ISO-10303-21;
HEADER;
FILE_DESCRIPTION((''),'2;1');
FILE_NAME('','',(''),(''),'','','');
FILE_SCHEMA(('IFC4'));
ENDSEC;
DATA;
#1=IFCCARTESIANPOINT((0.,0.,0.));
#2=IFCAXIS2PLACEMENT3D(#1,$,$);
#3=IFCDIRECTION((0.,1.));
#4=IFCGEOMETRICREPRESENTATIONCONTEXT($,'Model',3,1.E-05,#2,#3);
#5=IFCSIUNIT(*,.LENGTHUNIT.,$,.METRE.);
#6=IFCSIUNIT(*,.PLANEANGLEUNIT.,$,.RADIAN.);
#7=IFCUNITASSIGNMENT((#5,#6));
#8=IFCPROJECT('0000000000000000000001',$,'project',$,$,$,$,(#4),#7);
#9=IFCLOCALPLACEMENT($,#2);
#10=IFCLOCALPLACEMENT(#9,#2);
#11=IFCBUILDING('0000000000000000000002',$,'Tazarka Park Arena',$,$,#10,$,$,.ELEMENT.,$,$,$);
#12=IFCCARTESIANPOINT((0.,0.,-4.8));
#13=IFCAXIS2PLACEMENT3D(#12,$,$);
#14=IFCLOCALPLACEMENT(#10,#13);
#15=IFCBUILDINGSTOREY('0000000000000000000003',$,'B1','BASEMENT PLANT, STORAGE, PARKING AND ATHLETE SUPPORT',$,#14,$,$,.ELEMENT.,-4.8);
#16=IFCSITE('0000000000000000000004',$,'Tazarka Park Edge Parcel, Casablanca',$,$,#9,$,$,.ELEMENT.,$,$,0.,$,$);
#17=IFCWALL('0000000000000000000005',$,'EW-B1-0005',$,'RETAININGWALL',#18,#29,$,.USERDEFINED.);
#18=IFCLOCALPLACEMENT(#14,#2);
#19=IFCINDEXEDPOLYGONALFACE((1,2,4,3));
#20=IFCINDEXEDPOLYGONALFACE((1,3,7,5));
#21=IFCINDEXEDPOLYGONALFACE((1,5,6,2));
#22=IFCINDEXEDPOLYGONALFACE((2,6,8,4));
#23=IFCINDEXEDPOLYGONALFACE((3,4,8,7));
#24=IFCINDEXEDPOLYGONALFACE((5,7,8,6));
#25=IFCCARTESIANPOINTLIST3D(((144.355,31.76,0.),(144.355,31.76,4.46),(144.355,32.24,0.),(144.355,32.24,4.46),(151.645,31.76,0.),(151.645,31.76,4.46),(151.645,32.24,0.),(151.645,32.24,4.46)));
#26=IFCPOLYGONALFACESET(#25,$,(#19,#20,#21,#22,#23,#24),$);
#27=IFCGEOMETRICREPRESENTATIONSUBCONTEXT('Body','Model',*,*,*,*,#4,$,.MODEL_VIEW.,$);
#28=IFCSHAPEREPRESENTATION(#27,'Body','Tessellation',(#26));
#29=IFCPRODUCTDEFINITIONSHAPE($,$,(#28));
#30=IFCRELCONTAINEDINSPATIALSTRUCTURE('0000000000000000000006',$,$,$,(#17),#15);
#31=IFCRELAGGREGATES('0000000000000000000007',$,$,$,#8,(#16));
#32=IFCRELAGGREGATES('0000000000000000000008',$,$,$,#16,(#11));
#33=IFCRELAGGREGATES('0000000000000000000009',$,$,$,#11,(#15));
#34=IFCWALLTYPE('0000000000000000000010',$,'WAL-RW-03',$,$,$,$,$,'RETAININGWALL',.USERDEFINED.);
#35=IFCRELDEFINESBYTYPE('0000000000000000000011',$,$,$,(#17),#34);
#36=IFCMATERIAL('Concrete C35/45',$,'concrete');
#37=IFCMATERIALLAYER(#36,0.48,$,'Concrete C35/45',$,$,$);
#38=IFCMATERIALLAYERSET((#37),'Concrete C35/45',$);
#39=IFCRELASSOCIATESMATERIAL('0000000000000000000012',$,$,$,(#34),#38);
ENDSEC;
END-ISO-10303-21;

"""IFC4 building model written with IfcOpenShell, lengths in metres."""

from ifc_helpers import new_model, si_unit, direction, frame, frame_2d, origin, place, context, subcontext, project, spatial, rectangle, extrude, material, layer, layer_set, type_object, element, save


model = new_model("IFC4")

# Units and contexts
model_context = context("Model", 3, precision=1e-05, world=origin(), true_north=direction((0.0, 1.0)))
body_context = subcontext(model_context, "Body", "Model", "MODEL_VIEW")
ifc_project = project(units=[si_unit("LENGTHUNIT", "METRE"), si_unit("PLANEANGLEUNIT", "RADIAN")], contexts=[model_context])

# Site, building, storey
site_placement = place(None, origin())
site = spatial("IfcSite", under=ifc_project, at=site_placement, Name="Tazarka Park Edge Parcel, Casablanca", CompositionType="ELEMENT", RefElevation=0.0)
building_placement = place(site_placement, origin())
building = spatial("IfcBuilding", under=site, at=building_placement, Name="Tazarka Park Arena", CompositionType="ELEMENT")
storey_placement = place(building_placement, frame((0.0, 0.0, -4.8)))
storey = spatial("IfcBuildingStorey", under=building, at=storey_placement, Name="B1", Description="BASEMENT PLANT, STORAGE, PARKING AND ATHLETE SUPPORT", CompositionType="ELEMENT", Elevation=-4.8)

# Wall
ifc_material_1 = material(Name="Concrete C35/45", Category="concrete")
ifc_layer_1 = layer(ifc_material_1, 0.48, Name="Concrete C35/45")
ifc_layer_set_1 = layer_set([ifc_layer_1], Name="Concrete C35/45")
wall_type_1 = type_object("IfcWallType", Name="WAL-RW-03", ElementType="RETAININGWALL", PredefinedType="USERDEFINED", material=ifc_layer_set_1)
wall_1_placement = place(storey_placement, frame((151.645, 32.0, 0.0), z_axis=(0.0, 0.0, 1.0), x_axis=(-1.0, 0.0, 0.0)))
element("IfcWall", 1, at=wall_1_placement, inside=storey, type_object=wall_type_1, Name="EW-B1-0005", ObjectType="RETAININGWALL", PredefinedType="USERDEFINED", context=body_context, shape_type="SweptSolid", body=[
    extrude(rectangle(XDim=7.29, YDim=0.48, at=frame_2d((3.645, 0.0))), origin(), (0.0, 0.0, 1.0), 4.46),
])

save(model, "model.ifc")
